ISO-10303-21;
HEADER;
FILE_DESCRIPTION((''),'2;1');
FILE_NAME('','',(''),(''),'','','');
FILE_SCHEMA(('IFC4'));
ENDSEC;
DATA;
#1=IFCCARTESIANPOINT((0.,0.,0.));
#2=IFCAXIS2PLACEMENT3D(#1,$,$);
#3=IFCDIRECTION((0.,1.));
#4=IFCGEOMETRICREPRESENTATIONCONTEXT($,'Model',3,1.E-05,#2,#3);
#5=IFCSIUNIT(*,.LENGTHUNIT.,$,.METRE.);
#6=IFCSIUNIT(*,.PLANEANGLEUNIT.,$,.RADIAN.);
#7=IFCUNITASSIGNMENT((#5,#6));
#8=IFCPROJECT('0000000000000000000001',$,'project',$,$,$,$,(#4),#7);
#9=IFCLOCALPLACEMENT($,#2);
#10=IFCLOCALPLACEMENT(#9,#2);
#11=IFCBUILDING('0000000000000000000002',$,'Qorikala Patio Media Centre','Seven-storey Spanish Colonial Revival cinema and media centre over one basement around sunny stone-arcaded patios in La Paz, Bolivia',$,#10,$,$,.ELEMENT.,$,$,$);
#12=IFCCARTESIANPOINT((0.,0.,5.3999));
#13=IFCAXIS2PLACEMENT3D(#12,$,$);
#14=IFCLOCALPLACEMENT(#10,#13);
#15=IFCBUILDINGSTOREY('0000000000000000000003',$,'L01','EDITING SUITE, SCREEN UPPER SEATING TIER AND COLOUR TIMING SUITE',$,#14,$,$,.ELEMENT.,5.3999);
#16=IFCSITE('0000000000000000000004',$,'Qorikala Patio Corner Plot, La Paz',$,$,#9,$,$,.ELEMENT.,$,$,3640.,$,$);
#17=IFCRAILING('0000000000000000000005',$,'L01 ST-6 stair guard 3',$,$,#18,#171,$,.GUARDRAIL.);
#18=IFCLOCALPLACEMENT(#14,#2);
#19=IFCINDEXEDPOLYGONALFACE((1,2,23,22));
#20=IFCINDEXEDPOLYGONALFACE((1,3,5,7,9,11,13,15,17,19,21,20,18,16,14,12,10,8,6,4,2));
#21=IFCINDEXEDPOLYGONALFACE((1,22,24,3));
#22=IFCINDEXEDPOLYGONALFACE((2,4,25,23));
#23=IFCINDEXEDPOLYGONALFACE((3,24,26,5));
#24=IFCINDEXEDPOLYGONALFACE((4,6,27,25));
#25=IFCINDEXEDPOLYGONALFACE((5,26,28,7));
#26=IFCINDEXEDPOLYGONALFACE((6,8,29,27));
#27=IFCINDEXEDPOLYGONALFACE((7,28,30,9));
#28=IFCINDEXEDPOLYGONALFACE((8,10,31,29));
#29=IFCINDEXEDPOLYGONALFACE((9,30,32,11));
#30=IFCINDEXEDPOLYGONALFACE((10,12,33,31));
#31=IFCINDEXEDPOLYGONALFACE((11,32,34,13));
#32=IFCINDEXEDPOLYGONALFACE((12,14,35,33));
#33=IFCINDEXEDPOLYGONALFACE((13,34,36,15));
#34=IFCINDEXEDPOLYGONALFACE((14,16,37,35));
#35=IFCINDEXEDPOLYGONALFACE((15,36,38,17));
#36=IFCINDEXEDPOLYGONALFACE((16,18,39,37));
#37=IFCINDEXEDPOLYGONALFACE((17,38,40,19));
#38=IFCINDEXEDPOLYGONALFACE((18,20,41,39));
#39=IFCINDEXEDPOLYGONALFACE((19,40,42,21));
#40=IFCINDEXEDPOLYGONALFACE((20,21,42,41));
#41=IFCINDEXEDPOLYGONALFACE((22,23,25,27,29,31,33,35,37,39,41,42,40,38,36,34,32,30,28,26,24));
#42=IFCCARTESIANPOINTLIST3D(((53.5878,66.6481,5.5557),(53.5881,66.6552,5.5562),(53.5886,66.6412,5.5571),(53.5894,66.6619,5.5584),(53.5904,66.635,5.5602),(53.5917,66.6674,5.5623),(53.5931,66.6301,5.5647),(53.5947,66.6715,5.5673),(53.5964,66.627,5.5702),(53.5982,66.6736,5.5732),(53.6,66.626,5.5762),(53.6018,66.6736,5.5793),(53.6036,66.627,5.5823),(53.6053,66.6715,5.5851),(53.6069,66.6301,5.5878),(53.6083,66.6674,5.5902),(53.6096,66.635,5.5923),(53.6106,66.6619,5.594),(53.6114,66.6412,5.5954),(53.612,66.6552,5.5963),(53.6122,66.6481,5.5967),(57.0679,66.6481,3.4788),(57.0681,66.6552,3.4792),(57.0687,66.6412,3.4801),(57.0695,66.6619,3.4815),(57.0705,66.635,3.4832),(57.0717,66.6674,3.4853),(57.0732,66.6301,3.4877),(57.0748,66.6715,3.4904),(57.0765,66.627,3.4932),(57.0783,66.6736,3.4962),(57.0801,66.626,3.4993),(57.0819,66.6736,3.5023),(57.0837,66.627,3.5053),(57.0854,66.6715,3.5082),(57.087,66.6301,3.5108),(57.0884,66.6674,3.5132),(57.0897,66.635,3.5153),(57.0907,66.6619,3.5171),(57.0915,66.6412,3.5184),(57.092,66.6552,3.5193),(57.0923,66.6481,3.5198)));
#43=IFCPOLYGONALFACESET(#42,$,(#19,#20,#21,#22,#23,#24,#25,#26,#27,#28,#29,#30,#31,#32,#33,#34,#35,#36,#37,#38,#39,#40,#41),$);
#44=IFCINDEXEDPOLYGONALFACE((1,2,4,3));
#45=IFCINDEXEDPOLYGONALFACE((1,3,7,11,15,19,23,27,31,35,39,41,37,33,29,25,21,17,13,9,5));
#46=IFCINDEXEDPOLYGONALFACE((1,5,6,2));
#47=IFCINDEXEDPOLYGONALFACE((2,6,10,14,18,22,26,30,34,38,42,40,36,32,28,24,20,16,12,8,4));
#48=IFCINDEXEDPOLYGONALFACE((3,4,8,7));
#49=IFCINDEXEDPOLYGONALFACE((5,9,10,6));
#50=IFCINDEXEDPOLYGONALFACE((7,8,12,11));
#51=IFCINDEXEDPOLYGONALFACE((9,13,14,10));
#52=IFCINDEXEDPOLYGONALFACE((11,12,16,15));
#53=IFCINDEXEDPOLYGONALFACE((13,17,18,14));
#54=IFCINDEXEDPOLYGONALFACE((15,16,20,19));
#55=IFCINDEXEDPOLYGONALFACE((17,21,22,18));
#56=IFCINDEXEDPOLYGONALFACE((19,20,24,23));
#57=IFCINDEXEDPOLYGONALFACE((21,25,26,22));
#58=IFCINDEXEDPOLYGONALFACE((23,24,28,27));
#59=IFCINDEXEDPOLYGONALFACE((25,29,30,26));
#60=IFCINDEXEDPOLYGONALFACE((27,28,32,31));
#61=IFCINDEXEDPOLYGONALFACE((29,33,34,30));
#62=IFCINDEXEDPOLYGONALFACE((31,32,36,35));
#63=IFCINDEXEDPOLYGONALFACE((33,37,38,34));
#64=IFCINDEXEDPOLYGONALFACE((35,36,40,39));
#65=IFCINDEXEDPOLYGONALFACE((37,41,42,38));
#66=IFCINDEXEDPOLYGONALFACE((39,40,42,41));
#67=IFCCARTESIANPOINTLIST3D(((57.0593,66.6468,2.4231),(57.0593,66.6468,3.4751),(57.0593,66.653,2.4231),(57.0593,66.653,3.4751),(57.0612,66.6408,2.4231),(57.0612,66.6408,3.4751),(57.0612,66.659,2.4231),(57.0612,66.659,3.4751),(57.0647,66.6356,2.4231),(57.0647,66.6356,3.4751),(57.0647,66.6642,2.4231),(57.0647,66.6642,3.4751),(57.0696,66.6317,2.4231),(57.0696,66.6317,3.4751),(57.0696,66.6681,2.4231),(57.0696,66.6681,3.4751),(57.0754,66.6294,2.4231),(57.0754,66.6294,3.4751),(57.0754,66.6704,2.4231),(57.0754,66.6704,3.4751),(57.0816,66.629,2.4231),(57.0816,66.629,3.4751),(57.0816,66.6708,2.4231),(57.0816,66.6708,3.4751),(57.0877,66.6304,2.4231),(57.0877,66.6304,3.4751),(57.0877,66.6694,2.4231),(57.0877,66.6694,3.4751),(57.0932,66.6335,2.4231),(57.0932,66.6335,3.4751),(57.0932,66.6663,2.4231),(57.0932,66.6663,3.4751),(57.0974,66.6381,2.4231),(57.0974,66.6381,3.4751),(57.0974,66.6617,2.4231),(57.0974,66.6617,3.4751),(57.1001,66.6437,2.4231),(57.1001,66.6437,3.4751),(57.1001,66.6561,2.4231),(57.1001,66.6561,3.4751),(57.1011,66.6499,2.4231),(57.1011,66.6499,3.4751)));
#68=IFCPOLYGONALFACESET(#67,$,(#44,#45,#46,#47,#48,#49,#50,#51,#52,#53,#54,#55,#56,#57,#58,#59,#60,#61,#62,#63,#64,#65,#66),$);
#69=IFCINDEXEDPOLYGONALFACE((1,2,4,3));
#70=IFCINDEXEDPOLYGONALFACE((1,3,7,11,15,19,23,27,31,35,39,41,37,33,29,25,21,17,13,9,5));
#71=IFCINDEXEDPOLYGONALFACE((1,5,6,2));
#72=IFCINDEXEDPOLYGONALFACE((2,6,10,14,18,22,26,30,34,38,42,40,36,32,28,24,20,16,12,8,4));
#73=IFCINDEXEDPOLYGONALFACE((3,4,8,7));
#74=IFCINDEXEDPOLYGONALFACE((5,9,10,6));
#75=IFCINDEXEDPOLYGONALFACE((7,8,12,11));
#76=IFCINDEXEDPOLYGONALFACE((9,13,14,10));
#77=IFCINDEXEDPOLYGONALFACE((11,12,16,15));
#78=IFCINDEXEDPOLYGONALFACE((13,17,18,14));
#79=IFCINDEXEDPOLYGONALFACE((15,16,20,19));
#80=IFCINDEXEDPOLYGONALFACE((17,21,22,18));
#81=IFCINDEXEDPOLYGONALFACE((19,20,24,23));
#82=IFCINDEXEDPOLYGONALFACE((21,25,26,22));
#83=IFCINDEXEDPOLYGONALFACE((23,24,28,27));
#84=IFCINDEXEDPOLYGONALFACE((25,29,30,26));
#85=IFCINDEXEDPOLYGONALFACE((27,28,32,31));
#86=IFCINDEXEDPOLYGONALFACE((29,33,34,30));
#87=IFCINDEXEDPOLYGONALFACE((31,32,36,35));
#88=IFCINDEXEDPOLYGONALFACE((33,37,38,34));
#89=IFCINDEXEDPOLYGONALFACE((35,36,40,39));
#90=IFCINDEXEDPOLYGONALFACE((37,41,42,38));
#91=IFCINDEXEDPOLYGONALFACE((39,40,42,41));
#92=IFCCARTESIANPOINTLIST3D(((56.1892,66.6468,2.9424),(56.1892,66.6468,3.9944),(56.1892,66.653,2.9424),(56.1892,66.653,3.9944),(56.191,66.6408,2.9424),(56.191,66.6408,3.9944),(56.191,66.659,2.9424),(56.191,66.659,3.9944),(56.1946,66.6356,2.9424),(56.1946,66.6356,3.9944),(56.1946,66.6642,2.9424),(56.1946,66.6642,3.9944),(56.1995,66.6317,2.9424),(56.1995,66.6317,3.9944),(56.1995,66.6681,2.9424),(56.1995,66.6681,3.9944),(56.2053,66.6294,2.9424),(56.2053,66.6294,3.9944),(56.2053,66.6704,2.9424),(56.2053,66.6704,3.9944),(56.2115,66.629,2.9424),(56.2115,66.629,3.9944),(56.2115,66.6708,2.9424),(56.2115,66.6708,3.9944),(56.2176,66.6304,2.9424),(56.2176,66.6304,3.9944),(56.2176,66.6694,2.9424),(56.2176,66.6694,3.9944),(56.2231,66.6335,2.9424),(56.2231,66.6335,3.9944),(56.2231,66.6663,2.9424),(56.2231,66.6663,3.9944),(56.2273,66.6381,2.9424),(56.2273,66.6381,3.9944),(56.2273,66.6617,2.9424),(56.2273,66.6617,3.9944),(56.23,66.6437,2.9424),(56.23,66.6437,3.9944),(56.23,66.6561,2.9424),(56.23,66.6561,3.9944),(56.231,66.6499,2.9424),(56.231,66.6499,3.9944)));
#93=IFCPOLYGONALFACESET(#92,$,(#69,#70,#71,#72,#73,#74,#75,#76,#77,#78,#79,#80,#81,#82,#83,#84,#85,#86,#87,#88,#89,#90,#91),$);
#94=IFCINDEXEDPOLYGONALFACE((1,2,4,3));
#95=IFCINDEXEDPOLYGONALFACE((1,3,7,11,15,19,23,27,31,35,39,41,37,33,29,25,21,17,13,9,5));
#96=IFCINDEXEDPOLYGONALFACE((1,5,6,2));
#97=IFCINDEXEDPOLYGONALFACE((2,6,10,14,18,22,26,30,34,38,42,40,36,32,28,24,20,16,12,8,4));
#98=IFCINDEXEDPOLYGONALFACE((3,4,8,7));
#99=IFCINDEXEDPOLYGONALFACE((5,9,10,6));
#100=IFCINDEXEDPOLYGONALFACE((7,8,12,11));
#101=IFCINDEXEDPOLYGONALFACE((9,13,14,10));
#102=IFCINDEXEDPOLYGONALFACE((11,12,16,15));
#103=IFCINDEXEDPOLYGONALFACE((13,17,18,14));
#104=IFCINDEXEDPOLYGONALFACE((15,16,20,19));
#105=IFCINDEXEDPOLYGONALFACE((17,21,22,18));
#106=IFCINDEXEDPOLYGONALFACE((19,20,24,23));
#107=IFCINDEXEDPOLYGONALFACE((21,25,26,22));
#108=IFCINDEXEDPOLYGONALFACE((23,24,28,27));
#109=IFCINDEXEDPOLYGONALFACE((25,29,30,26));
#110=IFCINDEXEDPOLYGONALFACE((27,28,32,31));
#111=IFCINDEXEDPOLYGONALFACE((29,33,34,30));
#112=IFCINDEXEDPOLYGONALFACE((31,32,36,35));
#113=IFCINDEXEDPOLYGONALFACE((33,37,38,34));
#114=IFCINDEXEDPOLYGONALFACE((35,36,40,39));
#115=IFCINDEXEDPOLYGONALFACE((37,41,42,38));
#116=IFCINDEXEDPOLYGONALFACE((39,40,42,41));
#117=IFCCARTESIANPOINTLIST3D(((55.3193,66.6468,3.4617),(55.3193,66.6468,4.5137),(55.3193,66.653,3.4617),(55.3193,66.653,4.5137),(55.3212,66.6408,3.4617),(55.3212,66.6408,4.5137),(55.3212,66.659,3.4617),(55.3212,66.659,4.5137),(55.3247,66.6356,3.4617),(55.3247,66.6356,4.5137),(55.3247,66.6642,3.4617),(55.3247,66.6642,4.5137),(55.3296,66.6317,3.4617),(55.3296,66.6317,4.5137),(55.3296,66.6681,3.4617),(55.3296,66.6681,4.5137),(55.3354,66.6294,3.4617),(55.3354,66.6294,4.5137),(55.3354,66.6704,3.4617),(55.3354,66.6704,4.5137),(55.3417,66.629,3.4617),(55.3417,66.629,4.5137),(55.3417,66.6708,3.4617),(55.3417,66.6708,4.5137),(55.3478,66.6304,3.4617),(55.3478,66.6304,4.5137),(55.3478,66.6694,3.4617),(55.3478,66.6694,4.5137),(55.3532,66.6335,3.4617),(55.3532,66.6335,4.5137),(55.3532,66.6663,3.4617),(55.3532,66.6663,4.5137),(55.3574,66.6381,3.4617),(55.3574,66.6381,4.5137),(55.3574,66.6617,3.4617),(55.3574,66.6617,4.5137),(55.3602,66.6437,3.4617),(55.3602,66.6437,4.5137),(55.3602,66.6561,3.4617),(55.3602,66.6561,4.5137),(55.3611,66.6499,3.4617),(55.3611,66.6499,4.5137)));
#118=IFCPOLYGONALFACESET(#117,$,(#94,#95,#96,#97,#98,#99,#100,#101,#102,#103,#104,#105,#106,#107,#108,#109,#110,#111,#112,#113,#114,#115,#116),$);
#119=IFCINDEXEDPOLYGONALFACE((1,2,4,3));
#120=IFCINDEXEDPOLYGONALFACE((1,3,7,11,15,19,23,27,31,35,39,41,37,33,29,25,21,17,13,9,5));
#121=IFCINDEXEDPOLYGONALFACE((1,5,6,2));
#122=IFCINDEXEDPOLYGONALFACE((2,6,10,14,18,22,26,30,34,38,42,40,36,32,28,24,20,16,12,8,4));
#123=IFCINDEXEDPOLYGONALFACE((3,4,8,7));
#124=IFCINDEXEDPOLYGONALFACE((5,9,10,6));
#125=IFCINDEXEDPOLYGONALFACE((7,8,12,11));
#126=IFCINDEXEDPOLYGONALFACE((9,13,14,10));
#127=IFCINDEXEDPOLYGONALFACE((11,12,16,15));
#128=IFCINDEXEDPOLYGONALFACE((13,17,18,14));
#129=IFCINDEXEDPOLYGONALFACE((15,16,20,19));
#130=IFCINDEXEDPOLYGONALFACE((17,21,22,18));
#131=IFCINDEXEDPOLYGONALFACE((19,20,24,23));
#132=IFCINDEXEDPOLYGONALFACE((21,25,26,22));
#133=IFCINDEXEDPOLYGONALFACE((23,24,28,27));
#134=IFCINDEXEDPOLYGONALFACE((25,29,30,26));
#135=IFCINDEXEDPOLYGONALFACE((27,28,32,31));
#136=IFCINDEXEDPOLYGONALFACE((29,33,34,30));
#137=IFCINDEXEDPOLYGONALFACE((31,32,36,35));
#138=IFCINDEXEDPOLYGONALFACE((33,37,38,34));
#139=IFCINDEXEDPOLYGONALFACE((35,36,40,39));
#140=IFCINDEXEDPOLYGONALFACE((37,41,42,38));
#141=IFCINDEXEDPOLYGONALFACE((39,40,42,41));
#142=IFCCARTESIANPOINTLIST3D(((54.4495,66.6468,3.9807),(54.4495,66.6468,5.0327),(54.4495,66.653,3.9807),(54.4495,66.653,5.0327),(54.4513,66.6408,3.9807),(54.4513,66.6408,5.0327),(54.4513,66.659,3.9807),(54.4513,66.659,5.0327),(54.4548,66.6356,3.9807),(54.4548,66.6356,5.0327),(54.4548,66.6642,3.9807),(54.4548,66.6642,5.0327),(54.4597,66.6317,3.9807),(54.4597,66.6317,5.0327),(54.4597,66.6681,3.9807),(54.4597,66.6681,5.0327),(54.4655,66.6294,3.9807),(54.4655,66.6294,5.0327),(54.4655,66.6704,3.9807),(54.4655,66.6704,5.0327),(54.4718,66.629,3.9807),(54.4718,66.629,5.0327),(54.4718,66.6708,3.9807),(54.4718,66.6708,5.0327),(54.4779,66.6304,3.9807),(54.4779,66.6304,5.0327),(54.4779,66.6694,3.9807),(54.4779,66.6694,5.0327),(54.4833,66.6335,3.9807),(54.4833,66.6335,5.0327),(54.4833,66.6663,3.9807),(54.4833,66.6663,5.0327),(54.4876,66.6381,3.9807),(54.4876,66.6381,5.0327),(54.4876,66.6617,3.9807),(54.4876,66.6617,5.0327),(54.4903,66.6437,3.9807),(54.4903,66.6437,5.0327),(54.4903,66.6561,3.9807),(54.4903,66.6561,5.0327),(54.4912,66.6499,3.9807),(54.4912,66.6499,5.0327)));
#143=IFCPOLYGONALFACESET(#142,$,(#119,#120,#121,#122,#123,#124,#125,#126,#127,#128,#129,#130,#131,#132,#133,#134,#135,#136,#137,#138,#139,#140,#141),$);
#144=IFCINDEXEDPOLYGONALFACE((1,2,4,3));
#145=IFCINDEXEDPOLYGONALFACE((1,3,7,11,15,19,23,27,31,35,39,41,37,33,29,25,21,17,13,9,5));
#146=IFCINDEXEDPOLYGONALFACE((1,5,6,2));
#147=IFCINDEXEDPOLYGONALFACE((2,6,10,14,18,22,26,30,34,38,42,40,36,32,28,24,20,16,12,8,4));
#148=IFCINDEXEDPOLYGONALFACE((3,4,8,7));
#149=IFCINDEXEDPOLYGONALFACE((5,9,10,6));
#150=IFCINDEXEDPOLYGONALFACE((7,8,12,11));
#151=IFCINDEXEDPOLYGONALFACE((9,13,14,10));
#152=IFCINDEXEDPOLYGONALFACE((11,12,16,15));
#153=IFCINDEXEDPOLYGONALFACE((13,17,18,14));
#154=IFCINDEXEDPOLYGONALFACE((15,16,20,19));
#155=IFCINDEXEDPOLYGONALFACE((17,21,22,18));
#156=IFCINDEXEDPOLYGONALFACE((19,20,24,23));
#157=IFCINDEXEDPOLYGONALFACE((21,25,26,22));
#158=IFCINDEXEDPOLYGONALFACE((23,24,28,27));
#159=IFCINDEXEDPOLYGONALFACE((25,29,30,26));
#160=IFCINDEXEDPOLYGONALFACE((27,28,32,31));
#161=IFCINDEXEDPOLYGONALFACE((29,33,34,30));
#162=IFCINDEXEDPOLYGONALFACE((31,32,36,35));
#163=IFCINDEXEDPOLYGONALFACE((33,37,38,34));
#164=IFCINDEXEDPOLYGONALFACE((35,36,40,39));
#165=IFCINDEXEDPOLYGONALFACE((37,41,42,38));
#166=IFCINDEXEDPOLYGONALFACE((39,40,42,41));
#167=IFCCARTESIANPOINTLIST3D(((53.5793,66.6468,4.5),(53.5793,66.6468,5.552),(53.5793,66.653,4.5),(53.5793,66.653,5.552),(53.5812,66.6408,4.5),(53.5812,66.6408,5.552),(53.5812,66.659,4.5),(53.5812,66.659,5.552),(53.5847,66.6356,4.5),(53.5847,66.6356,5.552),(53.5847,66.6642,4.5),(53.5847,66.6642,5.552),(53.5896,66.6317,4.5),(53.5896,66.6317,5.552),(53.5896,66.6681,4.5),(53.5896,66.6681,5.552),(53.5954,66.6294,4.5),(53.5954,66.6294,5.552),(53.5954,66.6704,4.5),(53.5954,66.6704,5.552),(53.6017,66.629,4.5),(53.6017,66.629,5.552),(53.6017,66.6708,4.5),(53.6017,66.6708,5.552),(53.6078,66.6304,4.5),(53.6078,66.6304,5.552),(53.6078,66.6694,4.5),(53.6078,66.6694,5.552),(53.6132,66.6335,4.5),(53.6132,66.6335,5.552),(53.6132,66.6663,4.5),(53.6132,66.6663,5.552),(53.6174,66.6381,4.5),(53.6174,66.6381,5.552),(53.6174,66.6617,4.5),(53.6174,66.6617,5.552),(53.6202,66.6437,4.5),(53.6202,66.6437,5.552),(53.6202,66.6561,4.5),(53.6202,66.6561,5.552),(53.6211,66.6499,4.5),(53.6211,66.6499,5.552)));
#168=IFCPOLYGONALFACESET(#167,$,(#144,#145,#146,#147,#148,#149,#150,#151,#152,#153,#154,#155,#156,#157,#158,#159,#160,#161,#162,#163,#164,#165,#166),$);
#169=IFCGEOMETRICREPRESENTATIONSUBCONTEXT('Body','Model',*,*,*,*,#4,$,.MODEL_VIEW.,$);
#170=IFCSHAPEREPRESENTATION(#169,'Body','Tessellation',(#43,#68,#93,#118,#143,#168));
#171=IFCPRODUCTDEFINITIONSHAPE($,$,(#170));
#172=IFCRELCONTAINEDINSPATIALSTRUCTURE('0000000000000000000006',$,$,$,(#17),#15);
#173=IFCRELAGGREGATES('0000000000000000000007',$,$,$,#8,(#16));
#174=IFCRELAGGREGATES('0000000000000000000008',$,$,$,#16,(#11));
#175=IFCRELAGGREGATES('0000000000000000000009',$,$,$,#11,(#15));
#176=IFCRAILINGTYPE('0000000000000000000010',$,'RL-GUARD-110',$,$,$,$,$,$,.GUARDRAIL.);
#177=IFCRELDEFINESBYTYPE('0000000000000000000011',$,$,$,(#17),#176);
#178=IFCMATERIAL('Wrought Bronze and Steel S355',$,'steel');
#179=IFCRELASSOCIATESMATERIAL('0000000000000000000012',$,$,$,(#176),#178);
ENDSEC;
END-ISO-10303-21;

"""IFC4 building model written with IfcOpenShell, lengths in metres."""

from ifc_helpers import new_model, si_unit, direction, frame, origin, origin_2d, place, context, subcontext, project, spatial, circle, extrude, material, type_object, element, save


model = new_model("IFC4")

# Units and contexts
model_context = context("Model", 3, precision=1e-05, world=origin(), true_north=direction((0.0, 1.0)))
body_context = subcontext(model_context, "Body", "Model", "MODEL_VIEW")
ifc_project = project(units=[si_unit("LENGTHUNIT", "METRE"), si_unit("PLANEANGLEUNIT", "RADIAN")], contexts=[model_context])

# Site, building, storey
site_placement = place(None, origin())
site = spatial("IfcSite", under=ifc_project, at=site_placement, Name="Qorikala Patio Corner Plot, La Paz", CompositionType="ELEMENT", RefElevation=3640.0)
building_placement = place(site_placement, origin())
building = spatial("IfcBuilding", under=site, at=building_placement, Name="Qorikala Patio Media Centre", Description="Seven-storey Spanish Colonial Revival cinema and media centre over one basement around sunny stone-arcaded patios in La Paz, Bolivia", CompositionType="ELEMENT")
storey_placement = place(building_placement, frame((0.0, 0.0, 5.3999)))
storey = spatial("IfcBuildingStorey", under=building, at=storey_placement, Name="L01", Description="EDITING SUITE, SCREEN UPPER SEATING TIER AND COLOUR TIMING SUITE", CompositionType="ELEMENT", Elevation=5.3999)

# Railing
ifc_material_1 = material(Name="Wrought Bronze and Steel S355", Category="steel")
railing_type_1 = type_object("IfcRailingType", Name="RL-GUARD-110", PredefinedType="GUARDRAIL", material=ifc_material_1)
railing_1_placement = place(storey_placement, frame((57.0801, 66.6499, 2.4231)))
element("IfcRailing", 1, at=railing_1_placement, inside=storey, type_object=railing_type_1, Name="L01 ST-6 stair guard 3", PredefinedType="GUARDRAIL", context=body_context, shape_type="SweptSolid", body=[
    extrude(circle(Radius=0.0239, at=origin_2d()), frame((0.0, 0.0, 1.0762), z_axis=(-0.858697, 0.0, 0.512483), x_axis=(0.0, -1.0, 0.0)), (0.0, 0.0, 1.0), 4.0527),
    extrude(circle(Radius=0.021, at=origin_2d()), origin(), (0.0, 0.0, 1.0), 1.052),
    extrude(circle(Radius=0.021, at=origin_2d()), frame((-0.8701, 0.0, 0.5193)), (0.0, 0.0, 1.0), 1.052),
    extrude(circle(Radius=0.021, at=origin_2d()), frame((-1.74, 0.0, 1.0386)), (0.0, 0.0, 1.0), 1.052),
    extrude(circle(Radius=0.021, at=origin_2d()), frame((-2.6099, 0.0, 1.5576)), (0.0, 0.0, 1.0), 1.052),
    extrude(circle(Radius=0.021, at=origin_2d()), frame((-3.48, 0.0, 2.0769)), (0.0, 0.0, 1.0), 1.052),
])

save(model, "model.ifc")
